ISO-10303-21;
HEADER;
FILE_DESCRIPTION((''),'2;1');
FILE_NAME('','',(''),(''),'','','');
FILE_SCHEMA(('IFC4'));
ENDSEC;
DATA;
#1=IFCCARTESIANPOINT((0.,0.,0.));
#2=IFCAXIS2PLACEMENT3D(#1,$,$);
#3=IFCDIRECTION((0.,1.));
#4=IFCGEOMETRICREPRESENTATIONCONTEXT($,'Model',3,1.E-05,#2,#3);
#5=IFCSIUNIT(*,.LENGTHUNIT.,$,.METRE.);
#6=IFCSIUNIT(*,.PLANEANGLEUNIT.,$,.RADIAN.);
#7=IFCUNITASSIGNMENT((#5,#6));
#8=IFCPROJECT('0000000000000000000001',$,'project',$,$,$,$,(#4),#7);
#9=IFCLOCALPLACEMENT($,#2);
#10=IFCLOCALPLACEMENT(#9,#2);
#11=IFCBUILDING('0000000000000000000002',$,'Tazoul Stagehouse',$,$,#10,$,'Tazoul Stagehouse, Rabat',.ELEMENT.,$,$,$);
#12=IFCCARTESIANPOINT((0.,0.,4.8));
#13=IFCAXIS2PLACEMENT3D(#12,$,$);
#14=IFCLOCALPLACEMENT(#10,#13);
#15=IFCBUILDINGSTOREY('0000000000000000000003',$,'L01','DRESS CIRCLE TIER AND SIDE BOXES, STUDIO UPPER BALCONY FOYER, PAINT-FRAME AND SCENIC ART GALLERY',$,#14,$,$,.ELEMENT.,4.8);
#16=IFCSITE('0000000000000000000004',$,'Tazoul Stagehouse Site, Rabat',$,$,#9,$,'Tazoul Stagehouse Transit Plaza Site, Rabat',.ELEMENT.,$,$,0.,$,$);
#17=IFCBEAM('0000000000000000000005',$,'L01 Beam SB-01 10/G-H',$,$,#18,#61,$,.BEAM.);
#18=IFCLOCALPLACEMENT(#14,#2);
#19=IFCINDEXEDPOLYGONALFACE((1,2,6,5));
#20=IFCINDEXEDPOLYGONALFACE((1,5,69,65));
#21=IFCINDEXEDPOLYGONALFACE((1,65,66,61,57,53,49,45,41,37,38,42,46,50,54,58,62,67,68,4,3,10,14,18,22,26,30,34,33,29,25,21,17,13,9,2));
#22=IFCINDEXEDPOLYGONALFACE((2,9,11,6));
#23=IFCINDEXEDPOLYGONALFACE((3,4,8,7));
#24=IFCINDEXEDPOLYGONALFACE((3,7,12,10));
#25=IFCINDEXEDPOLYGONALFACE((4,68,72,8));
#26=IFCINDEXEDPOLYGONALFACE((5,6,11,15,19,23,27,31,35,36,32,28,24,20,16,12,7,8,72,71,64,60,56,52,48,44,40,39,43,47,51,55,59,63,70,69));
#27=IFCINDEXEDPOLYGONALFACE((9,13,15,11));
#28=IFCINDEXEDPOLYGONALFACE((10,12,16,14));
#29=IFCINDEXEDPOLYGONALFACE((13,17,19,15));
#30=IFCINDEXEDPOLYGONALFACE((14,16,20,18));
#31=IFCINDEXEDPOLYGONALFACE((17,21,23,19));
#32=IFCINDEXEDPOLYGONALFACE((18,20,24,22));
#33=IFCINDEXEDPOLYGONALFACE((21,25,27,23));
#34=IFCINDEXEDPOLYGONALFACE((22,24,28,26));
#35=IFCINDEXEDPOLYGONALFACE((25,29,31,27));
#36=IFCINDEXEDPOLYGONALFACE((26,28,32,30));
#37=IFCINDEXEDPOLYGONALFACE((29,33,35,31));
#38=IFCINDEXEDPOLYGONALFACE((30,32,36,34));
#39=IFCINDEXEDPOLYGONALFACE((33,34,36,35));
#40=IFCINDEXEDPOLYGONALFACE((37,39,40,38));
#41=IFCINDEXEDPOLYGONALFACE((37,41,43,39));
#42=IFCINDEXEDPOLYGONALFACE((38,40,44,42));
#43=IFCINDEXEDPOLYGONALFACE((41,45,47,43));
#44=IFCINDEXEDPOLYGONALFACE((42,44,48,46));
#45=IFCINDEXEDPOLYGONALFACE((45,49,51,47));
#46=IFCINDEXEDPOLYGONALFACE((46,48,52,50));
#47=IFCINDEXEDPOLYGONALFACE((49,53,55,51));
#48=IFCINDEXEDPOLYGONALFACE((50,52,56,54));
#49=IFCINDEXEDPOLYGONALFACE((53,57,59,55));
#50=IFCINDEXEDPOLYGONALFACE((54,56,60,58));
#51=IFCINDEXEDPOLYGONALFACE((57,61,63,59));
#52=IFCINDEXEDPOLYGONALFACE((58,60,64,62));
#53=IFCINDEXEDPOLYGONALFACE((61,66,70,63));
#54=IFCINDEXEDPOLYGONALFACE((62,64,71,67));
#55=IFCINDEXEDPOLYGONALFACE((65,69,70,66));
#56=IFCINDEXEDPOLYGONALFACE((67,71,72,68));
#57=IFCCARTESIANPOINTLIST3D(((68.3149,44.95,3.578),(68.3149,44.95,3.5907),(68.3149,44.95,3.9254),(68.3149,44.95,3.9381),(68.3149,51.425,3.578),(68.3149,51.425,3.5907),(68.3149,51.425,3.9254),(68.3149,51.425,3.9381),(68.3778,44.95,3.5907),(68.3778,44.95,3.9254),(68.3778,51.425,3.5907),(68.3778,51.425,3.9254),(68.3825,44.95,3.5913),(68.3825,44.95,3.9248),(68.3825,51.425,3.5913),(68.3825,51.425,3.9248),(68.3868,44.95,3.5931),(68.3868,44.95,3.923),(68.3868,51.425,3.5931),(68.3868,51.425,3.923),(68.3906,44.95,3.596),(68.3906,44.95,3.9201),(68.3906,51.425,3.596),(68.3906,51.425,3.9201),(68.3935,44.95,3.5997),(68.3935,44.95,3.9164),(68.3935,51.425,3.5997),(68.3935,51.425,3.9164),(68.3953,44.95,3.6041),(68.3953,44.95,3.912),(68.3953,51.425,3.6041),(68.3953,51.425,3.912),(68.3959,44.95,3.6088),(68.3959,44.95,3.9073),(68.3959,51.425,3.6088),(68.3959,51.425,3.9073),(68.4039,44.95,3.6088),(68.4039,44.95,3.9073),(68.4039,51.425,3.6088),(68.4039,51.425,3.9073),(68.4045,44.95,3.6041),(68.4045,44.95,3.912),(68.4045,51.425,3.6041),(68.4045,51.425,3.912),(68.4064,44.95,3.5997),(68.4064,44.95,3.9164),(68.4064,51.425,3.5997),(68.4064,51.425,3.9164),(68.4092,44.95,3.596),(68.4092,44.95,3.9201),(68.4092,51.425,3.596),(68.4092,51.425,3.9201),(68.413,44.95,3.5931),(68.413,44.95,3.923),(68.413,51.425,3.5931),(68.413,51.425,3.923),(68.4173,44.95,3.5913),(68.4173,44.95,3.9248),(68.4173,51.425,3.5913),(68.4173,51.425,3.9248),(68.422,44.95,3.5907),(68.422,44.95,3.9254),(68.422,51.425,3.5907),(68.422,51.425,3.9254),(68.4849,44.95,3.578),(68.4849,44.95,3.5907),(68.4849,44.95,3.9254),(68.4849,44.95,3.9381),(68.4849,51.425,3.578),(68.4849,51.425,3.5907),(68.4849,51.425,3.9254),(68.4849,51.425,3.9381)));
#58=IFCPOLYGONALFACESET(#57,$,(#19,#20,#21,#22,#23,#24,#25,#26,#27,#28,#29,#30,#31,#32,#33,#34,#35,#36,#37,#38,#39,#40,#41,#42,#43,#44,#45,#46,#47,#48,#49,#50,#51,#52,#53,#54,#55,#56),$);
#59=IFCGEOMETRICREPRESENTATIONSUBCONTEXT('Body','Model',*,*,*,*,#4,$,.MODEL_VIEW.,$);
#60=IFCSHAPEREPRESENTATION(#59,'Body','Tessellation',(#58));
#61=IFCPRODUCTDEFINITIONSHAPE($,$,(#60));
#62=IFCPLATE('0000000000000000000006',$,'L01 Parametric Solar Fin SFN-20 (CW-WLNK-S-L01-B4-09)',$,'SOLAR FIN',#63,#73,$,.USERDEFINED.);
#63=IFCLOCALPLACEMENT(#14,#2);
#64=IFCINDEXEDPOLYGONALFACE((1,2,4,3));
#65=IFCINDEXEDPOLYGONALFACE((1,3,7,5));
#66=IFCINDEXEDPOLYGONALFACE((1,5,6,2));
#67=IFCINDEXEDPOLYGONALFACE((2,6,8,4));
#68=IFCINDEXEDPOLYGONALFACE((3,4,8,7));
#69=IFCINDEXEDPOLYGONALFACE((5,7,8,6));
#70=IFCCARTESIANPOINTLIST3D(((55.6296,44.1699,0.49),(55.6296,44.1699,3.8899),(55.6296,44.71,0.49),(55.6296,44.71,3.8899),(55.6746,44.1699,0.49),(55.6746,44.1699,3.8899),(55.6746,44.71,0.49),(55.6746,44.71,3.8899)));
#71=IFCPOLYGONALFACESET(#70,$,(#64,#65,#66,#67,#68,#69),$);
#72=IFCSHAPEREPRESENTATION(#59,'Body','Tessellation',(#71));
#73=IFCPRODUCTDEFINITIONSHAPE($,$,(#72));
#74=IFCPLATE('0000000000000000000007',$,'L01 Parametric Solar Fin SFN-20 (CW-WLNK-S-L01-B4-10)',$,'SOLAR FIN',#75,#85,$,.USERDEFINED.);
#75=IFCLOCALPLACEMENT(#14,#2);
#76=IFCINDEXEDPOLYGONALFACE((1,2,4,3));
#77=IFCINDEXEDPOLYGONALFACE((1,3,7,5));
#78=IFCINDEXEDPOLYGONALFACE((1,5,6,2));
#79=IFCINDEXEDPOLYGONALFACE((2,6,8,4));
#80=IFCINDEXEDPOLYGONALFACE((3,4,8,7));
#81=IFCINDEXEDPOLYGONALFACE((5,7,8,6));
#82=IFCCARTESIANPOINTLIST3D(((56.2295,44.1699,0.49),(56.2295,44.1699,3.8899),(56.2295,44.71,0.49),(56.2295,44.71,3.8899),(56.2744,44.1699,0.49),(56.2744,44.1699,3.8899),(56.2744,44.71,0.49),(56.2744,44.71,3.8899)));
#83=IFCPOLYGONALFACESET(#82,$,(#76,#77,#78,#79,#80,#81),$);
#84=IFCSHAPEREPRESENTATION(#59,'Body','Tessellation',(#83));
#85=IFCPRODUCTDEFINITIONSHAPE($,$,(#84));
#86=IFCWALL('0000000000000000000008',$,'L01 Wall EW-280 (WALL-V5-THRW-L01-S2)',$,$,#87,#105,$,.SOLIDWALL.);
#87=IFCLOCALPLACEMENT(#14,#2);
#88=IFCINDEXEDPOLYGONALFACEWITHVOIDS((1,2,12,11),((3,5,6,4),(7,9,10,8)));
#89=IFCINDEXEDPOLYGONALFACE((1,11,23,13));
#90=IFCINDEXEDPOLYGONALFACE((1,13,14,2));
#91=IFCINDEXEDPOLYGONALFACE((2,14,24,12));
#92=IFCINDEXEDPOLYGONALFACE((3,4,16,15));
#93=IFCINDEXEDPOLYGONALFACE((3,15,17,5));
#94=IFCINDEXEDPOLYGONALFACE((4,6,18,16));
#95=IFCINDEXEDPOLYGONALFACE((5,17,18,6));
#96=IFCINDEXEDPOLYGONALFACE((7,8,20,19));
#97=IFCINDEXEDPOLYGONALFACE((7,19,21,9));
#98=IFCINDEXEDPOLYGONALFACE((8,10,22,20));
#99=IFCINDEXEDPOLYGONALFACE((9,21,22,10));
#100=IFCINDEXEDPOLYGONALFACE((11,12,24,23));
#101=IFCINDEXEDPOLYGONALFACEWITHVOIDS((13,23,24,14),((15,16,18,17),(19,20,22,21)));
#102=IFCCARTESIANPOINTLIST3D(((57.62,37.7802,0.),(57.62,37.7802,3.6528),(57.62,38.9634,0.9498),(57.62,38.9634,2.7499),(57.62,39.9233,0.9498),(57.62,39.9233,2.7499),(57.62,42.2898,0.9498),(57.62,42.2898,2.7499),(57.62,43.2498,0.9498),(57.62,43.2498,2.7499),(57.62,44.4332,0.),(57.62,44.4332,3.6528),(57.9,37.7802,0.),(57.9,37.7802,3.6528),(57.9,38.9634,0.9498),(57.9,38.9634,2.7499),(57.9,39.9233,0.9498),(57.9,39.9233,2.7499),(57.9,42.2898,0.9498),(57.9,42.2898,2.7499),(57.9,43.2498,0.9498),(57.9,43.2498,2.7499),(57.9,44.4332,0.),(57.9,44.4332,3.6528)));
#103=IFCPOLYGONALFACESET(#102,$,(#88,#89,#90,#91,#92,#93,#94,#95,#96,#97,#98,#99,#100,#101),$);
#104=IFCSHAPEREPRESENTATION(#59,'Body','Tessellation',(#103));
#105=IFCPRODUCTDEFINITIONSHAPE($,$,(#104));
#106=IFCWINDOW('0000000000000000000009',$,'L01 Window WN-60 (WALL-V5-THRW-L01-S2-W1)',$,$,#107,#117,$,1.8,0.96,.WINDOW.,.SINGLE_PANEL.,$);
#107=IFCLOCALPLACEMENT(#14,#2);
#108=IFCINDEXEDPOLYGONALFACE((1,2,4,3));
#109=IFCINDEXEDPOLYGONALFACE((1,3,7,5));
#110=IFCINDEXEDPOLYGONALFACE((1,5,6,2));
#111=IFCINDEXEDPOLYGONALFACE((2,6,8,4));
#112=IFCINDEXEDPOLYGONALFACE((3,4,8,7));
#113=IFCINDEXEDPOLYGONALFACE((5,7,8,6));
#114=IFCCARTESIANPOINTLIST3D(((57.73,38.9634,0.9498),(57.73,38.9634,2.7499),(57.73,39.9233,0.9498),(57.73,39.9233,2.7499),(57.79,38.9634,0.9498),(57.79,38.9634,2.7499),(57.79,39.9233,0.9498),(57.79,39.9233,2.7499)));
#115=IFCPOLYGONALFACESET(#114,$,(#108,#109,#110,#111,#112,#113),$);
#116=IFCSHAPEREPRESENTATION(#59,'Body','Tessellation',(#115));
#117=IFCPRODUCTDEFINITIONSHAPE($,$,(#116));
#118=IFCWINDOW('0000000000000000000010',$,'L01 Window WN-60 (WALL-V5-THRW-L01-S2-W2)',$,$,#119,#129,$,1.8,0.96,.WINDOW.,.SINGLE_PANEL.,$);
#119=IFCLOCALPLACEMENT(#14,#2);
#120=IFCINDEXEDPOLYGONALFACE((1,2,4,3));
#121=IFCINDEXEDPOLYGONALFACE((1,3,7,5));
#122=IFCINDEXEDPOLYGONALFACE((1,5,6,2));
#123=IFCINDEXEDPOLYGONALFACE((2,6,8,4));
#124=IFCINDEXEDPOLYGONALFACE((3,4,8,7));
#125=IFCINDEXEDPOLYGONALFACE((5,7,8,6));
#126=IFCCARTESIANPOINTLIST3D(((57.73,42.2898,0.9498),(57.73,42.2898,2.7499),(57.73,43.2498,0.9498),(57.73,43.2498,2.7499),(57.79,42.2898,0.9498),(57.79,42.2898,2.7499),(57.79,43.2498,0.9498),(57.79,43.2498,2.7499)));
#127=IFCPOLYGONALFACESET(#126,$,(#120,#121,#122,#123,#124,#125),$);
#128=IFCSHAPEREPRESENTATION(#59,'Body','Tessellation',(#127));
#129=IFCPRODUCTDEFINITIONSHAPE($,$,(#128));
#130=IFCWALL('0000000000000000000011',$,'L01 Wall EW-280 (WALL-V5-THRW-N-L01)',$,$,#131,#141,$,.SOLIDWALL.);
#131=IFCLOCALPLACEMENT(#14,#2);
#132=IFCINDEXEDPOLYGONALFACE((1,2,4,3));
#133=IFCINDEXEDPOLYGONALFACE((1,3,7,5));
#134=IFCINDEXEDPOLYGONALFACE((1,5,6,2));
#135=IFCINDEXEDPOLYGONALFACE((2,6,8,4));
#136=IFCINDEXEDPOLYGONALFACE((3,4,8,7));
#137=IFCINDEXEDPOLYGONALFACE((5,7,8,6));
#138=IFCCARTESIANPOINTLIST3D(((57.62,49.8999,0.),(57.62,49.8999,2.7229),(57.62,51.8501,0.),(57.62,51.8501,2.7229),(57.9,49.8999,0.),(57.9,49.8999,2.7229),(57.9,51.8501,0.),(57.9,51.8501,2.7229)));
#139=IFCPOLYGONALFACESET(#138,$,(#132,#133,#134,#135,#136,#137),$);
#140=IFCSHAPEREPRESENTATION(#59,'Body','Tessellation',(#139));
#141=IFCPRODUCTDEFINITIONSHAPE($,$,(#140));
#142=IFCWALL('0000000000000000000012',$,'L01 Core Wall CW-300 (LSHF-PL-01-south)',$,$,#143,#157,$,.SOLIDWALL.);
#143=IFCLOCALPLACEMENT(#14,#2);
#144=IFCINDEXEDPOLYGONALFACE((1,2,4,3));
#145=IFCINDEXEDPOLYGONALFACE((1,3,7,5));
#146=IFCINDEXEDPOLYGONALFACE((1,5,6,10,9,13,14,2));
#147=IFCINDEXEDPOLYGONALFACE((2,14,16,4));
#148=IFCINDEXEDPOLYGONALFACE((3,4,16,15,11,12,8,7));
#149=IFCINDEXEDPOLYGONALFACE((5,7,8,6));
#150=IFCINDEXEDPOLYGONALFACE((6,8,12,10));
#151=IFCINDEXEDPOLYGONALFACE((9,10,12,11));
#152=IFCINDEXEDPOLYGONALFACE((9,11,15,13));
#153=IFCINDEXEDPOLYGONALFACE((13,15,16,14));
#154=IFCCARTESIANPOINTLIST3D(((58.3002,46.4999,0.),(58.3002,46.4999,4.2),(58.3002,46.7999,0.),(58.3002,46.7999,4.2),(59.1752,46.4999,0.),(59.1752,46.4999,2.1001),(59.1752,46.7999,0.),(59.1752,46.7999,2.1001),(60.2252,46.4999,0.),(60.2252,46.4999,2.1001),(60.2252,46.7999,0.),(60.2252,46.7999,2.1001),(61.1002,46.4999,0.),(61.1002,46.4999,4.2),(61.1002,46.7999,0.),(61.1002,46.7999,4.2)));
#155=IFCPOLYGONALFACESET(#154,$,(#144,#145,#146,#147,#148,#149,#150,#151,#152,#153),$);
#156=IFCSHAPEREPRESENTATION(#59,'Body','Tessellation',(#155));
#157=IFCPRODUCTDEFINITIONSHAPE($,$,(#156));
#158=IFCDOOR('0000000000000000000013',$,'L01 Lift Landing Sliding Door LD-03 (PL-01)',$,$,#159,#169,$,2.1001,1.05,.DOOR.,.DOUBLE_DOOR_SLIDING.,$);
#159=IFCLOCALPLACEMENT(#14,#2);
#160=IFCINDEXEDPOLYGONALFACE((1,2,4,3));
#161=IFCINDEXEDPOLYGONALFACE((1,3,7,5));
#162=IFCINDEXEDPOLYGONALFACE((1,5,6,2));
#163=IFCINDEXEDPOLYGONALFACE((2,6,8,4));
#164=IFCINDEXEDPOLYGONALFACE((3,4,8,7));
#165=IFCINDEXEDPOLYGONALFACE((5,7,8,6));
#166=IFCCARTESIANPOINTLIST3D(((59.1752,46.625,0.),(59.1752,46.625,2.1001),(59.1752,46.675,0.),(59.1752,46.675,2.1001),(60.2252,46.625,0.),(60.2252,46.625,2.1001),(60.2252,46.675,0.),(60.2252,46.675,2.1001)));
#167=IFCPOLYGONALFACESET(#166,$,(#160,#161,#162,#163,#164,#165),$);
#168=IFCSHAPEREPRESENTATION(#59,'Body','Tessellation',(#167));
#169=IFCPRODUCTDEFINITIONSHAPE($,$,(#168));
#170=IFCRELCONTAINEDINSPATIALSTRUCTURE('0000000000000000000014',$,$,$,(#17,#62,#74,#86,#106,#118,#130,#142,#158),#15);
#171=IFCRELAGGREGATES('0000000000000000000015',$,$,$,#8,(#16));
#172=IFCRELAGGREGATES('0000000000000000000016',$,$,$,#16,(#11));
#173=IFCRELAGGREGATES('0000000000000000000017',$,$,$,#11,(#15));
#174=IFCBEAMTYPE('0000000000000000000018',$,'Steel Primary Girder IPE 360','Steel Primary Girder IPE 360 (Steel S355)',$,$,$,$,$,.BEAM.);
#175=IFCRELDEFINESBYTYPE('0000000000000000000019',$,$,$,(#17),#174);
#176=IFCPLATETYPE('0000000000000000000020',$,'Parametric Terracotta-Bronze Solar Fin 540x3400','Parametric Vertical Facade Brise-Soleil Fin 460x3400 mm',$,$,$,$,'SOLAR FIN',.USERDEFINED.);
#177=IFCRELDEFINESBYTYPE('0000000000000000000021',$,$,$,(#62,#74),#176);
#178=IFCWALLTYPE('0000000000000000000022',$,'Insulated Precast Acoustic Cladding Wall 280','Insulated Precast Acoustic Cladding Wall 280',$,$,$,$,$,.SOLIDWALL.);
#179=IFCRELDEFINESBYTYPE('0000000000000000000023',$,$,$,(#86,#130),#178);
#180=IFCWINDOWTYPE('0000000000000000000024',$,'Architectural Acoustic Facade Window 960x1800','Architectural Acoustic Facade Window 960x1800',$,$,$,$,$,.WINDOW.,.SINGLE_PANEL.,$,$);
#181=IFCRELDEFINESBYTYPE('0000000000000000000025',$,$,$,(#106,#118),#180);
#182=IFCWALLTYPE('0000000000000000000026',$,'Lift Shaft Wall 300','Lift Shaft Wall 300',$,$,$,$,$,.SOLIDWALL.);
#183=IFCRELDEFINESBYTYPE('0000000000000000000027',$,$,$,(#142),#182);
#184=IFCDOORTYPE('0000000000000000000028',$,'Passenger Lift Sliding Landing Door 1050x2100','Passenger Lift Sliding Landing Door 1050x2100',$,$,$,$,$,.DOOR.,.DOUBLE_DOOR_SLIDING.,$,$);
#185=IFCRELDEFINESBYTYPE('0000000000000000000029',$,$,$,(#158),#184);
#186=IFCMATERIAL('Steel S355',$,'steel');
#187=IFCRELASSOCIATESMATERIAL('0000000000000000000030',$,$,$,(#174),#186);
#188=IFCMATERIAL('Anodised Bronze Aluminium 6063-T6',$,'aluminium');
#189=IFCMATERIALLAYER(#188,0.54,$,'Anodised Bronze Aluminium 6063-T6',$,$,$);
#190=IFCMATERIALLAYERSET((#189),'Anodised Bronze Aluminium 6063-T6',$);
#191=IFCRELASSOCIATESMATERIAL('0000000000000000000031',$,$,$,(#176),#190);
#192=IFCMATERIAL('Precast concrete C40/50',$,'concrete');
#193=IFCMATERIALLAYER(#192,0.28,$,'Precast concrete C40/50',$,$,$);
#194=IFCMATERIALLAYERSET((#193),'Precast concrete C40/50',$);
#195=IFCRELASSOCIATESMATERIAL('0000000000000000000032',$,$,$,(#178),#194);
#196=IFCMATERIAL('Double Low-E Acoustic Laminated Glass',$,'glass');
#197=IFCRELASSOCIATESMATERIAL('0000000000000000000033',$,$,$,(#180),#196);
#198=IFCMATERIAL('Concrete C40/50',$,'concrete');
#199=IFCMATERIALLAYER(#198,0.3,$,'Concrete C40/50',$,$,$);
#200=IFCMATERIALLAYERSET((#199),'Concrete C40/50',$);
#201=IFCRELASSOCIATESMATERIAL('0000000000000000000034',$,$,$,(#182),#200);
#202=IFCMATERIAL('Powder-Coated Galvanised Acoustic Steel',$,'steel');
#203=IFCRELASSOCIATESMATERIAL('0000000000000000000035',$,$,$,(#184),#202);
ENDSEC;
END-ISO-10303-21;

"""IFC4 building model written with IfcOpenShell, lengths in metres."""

from ifc_helpers import new_model, si_unit, direction, frame, frame_2d, origin, origin_2d, place, context, subcontext, project, spatial, rectangle, i_section, extrude, material, layer, layer_set, material_profile, profile_set, type_object, element, fill, save


model = new_model("IFC4")

# Units and contexts
model_context = context("Model", 3, precision=1e-05, world=origin(), true_north=direction((0.0, 1.0)))
body_context = subcontext(model_context, "Body", "Model", "MODEL_VIEW")
ifc_project = project(units=[si_unit("LENGTHUNIT", "METRE"), si_unit("PLANEANGLEUNIT", "RADIAN")], contexts=[model_context])

# Site, building, storey
site_placement = place(None, origin())
site = spatial("IfcSite", under=ifc_project, at=site_placement, Name="Tazoul Stagehouse Site, Rabat", LongName="Tazoul Stagehouse Transit Plaza Site, Rabat", CompositionType="ELEMENT", RefElevation=0.0)
building_placement = place(site_placement, origin())
building = spatial("IfcBuilding", under=site, at=building_placement, Name="Tazoul Stagehouse", LongName="Tazoul Stagehouse, Rabat", CompositionType="ELEMENT")
storey_placement = place(building_placement, frame((0.0, 0.0, 4.8)))
storey = spatial("IfcBuildingStorey", under=building, at=storey_placement, Name="L01", Description="DRESS CIRCLE TIER AND SIDE BOXES, STUDIO UPPER BALCONY FOYER, PAINT-FRAME AND SCENIC ART GALLERY", CompositionType="ELEMENT", Elevation=4.8)

# Shared definitions
ifc_material_1 = material(Name="Concrete C40/50", Category="concrete")
ifc_material_2 = material(Name="Steel S355", Category="steel")

# Beam
ifc_material_profile_1 = material_profile(ifc_material_2, i_section(OverallWidth=0.1699, OverallDepth=0.3601, WebThickness=0.0081, FlangeThickness=0.0127, FilletRadius=0.0181, at=origin_2d()), Name="IPE 360")
ifc_profile_set_1 = profile_set([ifc_material_profile_1], Name="Steel S355")
beam_type_1 = type_object("IfcBeamType", Name="Steel Primary Girder IPE 360", Description="Steel Primary Girder IPE 360 (Steel S355)", PredefinedType="BEAM", material=ifc_profile_set_1)
beam_1_placement = place(storey_placement, frame((68.3999, 44.95, 3.7581), z_axis=(0.0, 1.0, 0.0), x_axis=(-1.0, 0.0, 0.0)))
element("IfcBeam", 1, at=beam_1_placement, inside=storey, type_object=beam_type_1, Name="L01 Beam SB-01 10/G-H", PredefinedType="BEAM", context=body_context, shape_type="SweptSolid", body=[
    extrude(i_section(OverallWidth=0.1699, OverallDepth=0.3601, WebThickness=0.0081, FlangeThickness=0.0127, FilletRadius=0.0181, at=origin_2d()), origin(), (0.0, 0.0, 1.0), 6.4751),
])

# Plates
ifc_material_3 = material(Name="Anodised Bronze Aluminium 6063-T6", Category="aluminium")
ifc_layer_1 = layer(ifc_material_3, 0.54, Name="Anodised Bronze Aluminium 6063-T6")
ifc_layer_set_1 = layer_set([ifc_layer_1], Name="Anodised Bronze Aluminium 6063-T6")
plate_type = type_object("IfcPlateType", Name="Parametric Terracotta-Bronze Solar Fin 540x3400", Description="Parametric Vertical Facade Brise-Soleil Fin 460x3400 mm", ElementType="SOLAR FIN", PredefinedType="USERDEFINED", material=ifc_layer_set_1)
for number, where, z_axis, x_axis, name in (
    (2, (55.6521, 44.4399, 0.49), (0.0, 0.0, 1.0), (1.0, 0.0, 0.0), "L01 Parametric Solar Fin SFN-20 (CW-WLNK-S-L01-B4-09)"),
    (3, (56.252, 44.4399, 0.49), (0.0, 0.0, 1.0), (1.0, 0.0, 0.0), "L01 Parametric Solar Fin SFN-20 (CW-WLNK-S-L01-B4-10)"),
):
    element("IfcPlate", number, at=place(storey_placement, frame(where, z_axis=z_axis, x_axis=x_axis)), inside=storey, type_object=plate_type, Name=name, ObjectType="SOLAR FIN", PredefinedType="USERDEFINED", context=body_context, shape_type="SweptSolid", body=[
        extrude(rectangle(XDim=0.0449, YDim=0.54, at=origin_2d()), origin(), (0.0, 0.0, 1.0), 3.3999),
    ])

# Wall, openings, windows
ifc_material_4 = material(Name="Precast concrete C40/50", Category="concrete")
ifc_layer_2 = layer(ifc_material_4, 0.28, Name="Precast concrete C40/50")
ifc_layer_set_2 = layer_set([ifc_layer_2], Name="Precast concrete C40/50")
wall_type_1 = type_object("IfcWallType", Name="Insulated Precast Acoustic Cladding Wall 280", Description="Insulated Precast Acoustic Cladding Wall 280", PredefinedType="SOLIDWALL", material=ifc_layer_set_2)
wall_1_placement = place(storey_placement, frame((57.76, 37.78, 0.0), z_axis=(0.0, 0.0, 1.0), x_axis=(0.0, 1.0, 0.0)))
wall_1 = element("IfcWall", 4, at=wall_1_placement, inside=storey, type_object=wall_type_1, Name="L01 Wall EW-280 (WALL-V5-THRW-L01-S2)", PredefinedType="SOLIDWALL", context=body_context, shape_type="SweptSolid", body=[
    extrude(rectangle(XDim=6.6531, YDim=0.28, at=frame_2d((3.3267, 0.0))), origin(), (0.0, 0.0, 1.0), 3.6528),
])
opening_1_placement = place(wall_1_placement, frame((1.1833, 0.0, 0.95)))
opening_1 = element("IfcOpeningElement", 5, at=opening_1_placement, cuts=wall_1, PredefinedType="OPENING", context=body_context, shape_type="SweptSolid", body=[
    extrude(rectangle(XDim=0.96, YDim=1.8, at=frame_2d((0.48, 0.8999))), frame((0.0, 0.1599, 0.0), z_axis=(0.0, -1.0, 0.0), x_axis=(1.0, 0.0, 0.0)), (0.0, 0.0, 1.0), 0.3201),
])
opening_2_placement = place(wall_1_placement, frame((4.5098, 0.0, 0.95)))
opening_2 = element("IfcOpeningElement", 6, at=opening_2_placement, cuts=wall_1, PredefinedType="OPENING", context=body_context, shape_type="SweptSolid", body=[
    extrude(rectangle(XDim=0.96, YDim=1.8, at=frame_2d((0.48, 0.8999))), frame((0.0, 0.1599, 0.0), z_axis=(0.0, -1.0, 0.0), x_axis=(1.0, 0.0, 0.0)), (0.0, 0.0, 1.0), 0.3201),
])
ifc_material_5 = material(Name="Double Low-E Acoustic Laminated Glass", Category="glass")
window_type = type_object("IfcWindowType", Name="Architectural Acoustic Facade Window 960x1800", Description="Architectural Acoustic Facade Window 960x1800", PartitioningType="SINGLE_PANEL", PredefinedType="WINDOW", material=ifc_material_5)
window_1_placement = place(opening_1_placement, origin())
window_1 = element("IfcWindow", 7, at=window_1_placement, inside=storey, type_object=window_type, Name="L01 Window WN-60 (WALL-V5-THRW-L01-S2-W1)", OverallHeight=1.8, OverallWidth=0.96, PartitioningType="SINGLE_PANEL", PredefinedType="WINDOW", context=body_context, shape_type="SweptSolid", body=[
    extrude(rectangle(XDim=0.96, YDim=1.8, at=frame_2d((0.48, 0.8999))), frame((0.0, 0.03, 0.0), z_axis=(0.0, -1.0, 0.0), x_axis=(1.0, 0.0, 0.0)), (0.0, 0.0, 1.0), 0.0601),
])
fill(opening_1, window_1)
window_2_placement = place(opening_2_placement, origin())
window_2 = element("IfcWindow", 8, at=window_2_placement, inside=storey, type_object=window_type, Name="L01 Window WN-60 (WALL-V5-THRW-L01-S2-W2)", OverallHeight=1.8, OverallWidth=0.96, PartitioningType="SINGLE_PANEL", PredefinedType="WINDOW", context=body_context, shape_type="SweptSolid", body=[
    extrude(rectangle(XDim=0.96, YDim=1.8, at=frame_2d((0.48, 0.8999))), frame((0.0, 0.03, 0.0), z_axis=(0.0, -1.0, 0.0), x_axis=(1.0, 0.0, 0.0)), (0.0, 0.0, 1.0), 0.0601),
])
fill(opening_2, window_2)

# Wall
wall_2_placement = place(storey_placement, frame((57.76, 49.8999, 0.0), z_axis=(0.0, 0.0, 1.0), x_axis=(0.0, 1.0, 0.0)))
element("IfcWall", 9, at=wall_2_placement, inside=storey, type_object=wall_type_1, Name="L01 Wall EW-280 (WALL-V5-THRW-N-L01)", PredefinedType="SOLIDWALL", context=body_context, shape_type="SweptSolid", body=[
    extrude(rectangle(XDim=1.9502, YDim=0.28, at=frame_2d((0.9751, 0.0))), origin(), (0.0, 0.0, 1.0), 2.7229),
])

# Wall, opening, door
ifc_layer_3 = layer(ifc_material_1, 0.3, Name="Concrete C40/50")
ifc_layer_set_3 = layer_set([ifc_layer_3], Name="Concrete C40/50")
wall_type_2 = type_object("IfcWallType", Name="Lift Shaft Wall 300", Description="Lift Shaft Wall 300", PredefinedType="SOLIDWALL", material=ifc_layer_set_3)
wall_3_placement = place(storey_placement, frame((61.1001, 46.6499, 0.0), z_axis=(0.0, 0.0, 1.0), x_axis=(-1.0, 0.0, 0.0)))
wall_3 = element("IfcWall", 10, at=wall_3_placement, inside=storey, type_object=wall_type_2, Name="L01 Core Wall CW-300 (LSHF-PL-01-south)", PredefinedType="SOLIDWALL", context=body_context, shape_type="SweptSolid", body=[
    extrude(rectangle(XDim=2.8, YDim=0.3, at=frame_2d((1.3999, 0.0))), origin(), (0.0, 0.0, 1.0), 4.2),
])
opening_3_placement = place(wall_3_placement, frame((0.875, 0.0, 0.0)))
opening_3 = element("IfcOpeningElement", 11, at=opening_3_placement, cuts=wall_3, PredefinedType="OPENING", context=body_context, shape_type="SweptSolid", body=[
    extrude(rectangle(XDim=1.05, YDim=2.1001, at=frame_2d((0.5249, 1.05))), frame((0.0, 0.1699, 0.0), z_axis=(0.0, -1.0, 0.0), x_axis=(1.0, 0.0, 0.0)), (0.0, 0.0, 1.0), 0.3401),
])
ifc_material_6 = material(Name="Powder-Coated Galvanised Acoustic Steel", Category="steel")
door_type = type_object("IfcDoorType", Name="Passenger Lift Sliding Landing Door 1050x2100", Description="Passenger Lift Sliding Landing Door 1050x2100", OperationType="DOUBLE_DOOR_SLIDING", PredefinedType="DOOR", material=ifc_material_6)
door_placement = place(opening_3_placement, origin())
door = element("IfcDoor", 12, at=door_placement, inside=storey, type_object=door_type, Name="L01 Lift Landing Sliding Door LD-03 (PL-01)", OperationType="DOUBLE_DOOR_SLIDING", OverallHeight=2.1001, OverallWidth=1.05, PredefinedType="DOOR", context=body_context, shape_type="SweptSolid", body=[
    extrude(rectangle(XDim=1.05, YDim=2.1001, at=frame_2d((0.5249, 1.05))), frame((0.0, 0.0249, 0.0), z_axis=(0.0, -1.0, 0.0), x_axis=(1.0, 0.0, 0.0)), (0.0, 0.0, 1.0), 0.05),
])
fill(opening_3, door)

save(model, "model.ifc")
